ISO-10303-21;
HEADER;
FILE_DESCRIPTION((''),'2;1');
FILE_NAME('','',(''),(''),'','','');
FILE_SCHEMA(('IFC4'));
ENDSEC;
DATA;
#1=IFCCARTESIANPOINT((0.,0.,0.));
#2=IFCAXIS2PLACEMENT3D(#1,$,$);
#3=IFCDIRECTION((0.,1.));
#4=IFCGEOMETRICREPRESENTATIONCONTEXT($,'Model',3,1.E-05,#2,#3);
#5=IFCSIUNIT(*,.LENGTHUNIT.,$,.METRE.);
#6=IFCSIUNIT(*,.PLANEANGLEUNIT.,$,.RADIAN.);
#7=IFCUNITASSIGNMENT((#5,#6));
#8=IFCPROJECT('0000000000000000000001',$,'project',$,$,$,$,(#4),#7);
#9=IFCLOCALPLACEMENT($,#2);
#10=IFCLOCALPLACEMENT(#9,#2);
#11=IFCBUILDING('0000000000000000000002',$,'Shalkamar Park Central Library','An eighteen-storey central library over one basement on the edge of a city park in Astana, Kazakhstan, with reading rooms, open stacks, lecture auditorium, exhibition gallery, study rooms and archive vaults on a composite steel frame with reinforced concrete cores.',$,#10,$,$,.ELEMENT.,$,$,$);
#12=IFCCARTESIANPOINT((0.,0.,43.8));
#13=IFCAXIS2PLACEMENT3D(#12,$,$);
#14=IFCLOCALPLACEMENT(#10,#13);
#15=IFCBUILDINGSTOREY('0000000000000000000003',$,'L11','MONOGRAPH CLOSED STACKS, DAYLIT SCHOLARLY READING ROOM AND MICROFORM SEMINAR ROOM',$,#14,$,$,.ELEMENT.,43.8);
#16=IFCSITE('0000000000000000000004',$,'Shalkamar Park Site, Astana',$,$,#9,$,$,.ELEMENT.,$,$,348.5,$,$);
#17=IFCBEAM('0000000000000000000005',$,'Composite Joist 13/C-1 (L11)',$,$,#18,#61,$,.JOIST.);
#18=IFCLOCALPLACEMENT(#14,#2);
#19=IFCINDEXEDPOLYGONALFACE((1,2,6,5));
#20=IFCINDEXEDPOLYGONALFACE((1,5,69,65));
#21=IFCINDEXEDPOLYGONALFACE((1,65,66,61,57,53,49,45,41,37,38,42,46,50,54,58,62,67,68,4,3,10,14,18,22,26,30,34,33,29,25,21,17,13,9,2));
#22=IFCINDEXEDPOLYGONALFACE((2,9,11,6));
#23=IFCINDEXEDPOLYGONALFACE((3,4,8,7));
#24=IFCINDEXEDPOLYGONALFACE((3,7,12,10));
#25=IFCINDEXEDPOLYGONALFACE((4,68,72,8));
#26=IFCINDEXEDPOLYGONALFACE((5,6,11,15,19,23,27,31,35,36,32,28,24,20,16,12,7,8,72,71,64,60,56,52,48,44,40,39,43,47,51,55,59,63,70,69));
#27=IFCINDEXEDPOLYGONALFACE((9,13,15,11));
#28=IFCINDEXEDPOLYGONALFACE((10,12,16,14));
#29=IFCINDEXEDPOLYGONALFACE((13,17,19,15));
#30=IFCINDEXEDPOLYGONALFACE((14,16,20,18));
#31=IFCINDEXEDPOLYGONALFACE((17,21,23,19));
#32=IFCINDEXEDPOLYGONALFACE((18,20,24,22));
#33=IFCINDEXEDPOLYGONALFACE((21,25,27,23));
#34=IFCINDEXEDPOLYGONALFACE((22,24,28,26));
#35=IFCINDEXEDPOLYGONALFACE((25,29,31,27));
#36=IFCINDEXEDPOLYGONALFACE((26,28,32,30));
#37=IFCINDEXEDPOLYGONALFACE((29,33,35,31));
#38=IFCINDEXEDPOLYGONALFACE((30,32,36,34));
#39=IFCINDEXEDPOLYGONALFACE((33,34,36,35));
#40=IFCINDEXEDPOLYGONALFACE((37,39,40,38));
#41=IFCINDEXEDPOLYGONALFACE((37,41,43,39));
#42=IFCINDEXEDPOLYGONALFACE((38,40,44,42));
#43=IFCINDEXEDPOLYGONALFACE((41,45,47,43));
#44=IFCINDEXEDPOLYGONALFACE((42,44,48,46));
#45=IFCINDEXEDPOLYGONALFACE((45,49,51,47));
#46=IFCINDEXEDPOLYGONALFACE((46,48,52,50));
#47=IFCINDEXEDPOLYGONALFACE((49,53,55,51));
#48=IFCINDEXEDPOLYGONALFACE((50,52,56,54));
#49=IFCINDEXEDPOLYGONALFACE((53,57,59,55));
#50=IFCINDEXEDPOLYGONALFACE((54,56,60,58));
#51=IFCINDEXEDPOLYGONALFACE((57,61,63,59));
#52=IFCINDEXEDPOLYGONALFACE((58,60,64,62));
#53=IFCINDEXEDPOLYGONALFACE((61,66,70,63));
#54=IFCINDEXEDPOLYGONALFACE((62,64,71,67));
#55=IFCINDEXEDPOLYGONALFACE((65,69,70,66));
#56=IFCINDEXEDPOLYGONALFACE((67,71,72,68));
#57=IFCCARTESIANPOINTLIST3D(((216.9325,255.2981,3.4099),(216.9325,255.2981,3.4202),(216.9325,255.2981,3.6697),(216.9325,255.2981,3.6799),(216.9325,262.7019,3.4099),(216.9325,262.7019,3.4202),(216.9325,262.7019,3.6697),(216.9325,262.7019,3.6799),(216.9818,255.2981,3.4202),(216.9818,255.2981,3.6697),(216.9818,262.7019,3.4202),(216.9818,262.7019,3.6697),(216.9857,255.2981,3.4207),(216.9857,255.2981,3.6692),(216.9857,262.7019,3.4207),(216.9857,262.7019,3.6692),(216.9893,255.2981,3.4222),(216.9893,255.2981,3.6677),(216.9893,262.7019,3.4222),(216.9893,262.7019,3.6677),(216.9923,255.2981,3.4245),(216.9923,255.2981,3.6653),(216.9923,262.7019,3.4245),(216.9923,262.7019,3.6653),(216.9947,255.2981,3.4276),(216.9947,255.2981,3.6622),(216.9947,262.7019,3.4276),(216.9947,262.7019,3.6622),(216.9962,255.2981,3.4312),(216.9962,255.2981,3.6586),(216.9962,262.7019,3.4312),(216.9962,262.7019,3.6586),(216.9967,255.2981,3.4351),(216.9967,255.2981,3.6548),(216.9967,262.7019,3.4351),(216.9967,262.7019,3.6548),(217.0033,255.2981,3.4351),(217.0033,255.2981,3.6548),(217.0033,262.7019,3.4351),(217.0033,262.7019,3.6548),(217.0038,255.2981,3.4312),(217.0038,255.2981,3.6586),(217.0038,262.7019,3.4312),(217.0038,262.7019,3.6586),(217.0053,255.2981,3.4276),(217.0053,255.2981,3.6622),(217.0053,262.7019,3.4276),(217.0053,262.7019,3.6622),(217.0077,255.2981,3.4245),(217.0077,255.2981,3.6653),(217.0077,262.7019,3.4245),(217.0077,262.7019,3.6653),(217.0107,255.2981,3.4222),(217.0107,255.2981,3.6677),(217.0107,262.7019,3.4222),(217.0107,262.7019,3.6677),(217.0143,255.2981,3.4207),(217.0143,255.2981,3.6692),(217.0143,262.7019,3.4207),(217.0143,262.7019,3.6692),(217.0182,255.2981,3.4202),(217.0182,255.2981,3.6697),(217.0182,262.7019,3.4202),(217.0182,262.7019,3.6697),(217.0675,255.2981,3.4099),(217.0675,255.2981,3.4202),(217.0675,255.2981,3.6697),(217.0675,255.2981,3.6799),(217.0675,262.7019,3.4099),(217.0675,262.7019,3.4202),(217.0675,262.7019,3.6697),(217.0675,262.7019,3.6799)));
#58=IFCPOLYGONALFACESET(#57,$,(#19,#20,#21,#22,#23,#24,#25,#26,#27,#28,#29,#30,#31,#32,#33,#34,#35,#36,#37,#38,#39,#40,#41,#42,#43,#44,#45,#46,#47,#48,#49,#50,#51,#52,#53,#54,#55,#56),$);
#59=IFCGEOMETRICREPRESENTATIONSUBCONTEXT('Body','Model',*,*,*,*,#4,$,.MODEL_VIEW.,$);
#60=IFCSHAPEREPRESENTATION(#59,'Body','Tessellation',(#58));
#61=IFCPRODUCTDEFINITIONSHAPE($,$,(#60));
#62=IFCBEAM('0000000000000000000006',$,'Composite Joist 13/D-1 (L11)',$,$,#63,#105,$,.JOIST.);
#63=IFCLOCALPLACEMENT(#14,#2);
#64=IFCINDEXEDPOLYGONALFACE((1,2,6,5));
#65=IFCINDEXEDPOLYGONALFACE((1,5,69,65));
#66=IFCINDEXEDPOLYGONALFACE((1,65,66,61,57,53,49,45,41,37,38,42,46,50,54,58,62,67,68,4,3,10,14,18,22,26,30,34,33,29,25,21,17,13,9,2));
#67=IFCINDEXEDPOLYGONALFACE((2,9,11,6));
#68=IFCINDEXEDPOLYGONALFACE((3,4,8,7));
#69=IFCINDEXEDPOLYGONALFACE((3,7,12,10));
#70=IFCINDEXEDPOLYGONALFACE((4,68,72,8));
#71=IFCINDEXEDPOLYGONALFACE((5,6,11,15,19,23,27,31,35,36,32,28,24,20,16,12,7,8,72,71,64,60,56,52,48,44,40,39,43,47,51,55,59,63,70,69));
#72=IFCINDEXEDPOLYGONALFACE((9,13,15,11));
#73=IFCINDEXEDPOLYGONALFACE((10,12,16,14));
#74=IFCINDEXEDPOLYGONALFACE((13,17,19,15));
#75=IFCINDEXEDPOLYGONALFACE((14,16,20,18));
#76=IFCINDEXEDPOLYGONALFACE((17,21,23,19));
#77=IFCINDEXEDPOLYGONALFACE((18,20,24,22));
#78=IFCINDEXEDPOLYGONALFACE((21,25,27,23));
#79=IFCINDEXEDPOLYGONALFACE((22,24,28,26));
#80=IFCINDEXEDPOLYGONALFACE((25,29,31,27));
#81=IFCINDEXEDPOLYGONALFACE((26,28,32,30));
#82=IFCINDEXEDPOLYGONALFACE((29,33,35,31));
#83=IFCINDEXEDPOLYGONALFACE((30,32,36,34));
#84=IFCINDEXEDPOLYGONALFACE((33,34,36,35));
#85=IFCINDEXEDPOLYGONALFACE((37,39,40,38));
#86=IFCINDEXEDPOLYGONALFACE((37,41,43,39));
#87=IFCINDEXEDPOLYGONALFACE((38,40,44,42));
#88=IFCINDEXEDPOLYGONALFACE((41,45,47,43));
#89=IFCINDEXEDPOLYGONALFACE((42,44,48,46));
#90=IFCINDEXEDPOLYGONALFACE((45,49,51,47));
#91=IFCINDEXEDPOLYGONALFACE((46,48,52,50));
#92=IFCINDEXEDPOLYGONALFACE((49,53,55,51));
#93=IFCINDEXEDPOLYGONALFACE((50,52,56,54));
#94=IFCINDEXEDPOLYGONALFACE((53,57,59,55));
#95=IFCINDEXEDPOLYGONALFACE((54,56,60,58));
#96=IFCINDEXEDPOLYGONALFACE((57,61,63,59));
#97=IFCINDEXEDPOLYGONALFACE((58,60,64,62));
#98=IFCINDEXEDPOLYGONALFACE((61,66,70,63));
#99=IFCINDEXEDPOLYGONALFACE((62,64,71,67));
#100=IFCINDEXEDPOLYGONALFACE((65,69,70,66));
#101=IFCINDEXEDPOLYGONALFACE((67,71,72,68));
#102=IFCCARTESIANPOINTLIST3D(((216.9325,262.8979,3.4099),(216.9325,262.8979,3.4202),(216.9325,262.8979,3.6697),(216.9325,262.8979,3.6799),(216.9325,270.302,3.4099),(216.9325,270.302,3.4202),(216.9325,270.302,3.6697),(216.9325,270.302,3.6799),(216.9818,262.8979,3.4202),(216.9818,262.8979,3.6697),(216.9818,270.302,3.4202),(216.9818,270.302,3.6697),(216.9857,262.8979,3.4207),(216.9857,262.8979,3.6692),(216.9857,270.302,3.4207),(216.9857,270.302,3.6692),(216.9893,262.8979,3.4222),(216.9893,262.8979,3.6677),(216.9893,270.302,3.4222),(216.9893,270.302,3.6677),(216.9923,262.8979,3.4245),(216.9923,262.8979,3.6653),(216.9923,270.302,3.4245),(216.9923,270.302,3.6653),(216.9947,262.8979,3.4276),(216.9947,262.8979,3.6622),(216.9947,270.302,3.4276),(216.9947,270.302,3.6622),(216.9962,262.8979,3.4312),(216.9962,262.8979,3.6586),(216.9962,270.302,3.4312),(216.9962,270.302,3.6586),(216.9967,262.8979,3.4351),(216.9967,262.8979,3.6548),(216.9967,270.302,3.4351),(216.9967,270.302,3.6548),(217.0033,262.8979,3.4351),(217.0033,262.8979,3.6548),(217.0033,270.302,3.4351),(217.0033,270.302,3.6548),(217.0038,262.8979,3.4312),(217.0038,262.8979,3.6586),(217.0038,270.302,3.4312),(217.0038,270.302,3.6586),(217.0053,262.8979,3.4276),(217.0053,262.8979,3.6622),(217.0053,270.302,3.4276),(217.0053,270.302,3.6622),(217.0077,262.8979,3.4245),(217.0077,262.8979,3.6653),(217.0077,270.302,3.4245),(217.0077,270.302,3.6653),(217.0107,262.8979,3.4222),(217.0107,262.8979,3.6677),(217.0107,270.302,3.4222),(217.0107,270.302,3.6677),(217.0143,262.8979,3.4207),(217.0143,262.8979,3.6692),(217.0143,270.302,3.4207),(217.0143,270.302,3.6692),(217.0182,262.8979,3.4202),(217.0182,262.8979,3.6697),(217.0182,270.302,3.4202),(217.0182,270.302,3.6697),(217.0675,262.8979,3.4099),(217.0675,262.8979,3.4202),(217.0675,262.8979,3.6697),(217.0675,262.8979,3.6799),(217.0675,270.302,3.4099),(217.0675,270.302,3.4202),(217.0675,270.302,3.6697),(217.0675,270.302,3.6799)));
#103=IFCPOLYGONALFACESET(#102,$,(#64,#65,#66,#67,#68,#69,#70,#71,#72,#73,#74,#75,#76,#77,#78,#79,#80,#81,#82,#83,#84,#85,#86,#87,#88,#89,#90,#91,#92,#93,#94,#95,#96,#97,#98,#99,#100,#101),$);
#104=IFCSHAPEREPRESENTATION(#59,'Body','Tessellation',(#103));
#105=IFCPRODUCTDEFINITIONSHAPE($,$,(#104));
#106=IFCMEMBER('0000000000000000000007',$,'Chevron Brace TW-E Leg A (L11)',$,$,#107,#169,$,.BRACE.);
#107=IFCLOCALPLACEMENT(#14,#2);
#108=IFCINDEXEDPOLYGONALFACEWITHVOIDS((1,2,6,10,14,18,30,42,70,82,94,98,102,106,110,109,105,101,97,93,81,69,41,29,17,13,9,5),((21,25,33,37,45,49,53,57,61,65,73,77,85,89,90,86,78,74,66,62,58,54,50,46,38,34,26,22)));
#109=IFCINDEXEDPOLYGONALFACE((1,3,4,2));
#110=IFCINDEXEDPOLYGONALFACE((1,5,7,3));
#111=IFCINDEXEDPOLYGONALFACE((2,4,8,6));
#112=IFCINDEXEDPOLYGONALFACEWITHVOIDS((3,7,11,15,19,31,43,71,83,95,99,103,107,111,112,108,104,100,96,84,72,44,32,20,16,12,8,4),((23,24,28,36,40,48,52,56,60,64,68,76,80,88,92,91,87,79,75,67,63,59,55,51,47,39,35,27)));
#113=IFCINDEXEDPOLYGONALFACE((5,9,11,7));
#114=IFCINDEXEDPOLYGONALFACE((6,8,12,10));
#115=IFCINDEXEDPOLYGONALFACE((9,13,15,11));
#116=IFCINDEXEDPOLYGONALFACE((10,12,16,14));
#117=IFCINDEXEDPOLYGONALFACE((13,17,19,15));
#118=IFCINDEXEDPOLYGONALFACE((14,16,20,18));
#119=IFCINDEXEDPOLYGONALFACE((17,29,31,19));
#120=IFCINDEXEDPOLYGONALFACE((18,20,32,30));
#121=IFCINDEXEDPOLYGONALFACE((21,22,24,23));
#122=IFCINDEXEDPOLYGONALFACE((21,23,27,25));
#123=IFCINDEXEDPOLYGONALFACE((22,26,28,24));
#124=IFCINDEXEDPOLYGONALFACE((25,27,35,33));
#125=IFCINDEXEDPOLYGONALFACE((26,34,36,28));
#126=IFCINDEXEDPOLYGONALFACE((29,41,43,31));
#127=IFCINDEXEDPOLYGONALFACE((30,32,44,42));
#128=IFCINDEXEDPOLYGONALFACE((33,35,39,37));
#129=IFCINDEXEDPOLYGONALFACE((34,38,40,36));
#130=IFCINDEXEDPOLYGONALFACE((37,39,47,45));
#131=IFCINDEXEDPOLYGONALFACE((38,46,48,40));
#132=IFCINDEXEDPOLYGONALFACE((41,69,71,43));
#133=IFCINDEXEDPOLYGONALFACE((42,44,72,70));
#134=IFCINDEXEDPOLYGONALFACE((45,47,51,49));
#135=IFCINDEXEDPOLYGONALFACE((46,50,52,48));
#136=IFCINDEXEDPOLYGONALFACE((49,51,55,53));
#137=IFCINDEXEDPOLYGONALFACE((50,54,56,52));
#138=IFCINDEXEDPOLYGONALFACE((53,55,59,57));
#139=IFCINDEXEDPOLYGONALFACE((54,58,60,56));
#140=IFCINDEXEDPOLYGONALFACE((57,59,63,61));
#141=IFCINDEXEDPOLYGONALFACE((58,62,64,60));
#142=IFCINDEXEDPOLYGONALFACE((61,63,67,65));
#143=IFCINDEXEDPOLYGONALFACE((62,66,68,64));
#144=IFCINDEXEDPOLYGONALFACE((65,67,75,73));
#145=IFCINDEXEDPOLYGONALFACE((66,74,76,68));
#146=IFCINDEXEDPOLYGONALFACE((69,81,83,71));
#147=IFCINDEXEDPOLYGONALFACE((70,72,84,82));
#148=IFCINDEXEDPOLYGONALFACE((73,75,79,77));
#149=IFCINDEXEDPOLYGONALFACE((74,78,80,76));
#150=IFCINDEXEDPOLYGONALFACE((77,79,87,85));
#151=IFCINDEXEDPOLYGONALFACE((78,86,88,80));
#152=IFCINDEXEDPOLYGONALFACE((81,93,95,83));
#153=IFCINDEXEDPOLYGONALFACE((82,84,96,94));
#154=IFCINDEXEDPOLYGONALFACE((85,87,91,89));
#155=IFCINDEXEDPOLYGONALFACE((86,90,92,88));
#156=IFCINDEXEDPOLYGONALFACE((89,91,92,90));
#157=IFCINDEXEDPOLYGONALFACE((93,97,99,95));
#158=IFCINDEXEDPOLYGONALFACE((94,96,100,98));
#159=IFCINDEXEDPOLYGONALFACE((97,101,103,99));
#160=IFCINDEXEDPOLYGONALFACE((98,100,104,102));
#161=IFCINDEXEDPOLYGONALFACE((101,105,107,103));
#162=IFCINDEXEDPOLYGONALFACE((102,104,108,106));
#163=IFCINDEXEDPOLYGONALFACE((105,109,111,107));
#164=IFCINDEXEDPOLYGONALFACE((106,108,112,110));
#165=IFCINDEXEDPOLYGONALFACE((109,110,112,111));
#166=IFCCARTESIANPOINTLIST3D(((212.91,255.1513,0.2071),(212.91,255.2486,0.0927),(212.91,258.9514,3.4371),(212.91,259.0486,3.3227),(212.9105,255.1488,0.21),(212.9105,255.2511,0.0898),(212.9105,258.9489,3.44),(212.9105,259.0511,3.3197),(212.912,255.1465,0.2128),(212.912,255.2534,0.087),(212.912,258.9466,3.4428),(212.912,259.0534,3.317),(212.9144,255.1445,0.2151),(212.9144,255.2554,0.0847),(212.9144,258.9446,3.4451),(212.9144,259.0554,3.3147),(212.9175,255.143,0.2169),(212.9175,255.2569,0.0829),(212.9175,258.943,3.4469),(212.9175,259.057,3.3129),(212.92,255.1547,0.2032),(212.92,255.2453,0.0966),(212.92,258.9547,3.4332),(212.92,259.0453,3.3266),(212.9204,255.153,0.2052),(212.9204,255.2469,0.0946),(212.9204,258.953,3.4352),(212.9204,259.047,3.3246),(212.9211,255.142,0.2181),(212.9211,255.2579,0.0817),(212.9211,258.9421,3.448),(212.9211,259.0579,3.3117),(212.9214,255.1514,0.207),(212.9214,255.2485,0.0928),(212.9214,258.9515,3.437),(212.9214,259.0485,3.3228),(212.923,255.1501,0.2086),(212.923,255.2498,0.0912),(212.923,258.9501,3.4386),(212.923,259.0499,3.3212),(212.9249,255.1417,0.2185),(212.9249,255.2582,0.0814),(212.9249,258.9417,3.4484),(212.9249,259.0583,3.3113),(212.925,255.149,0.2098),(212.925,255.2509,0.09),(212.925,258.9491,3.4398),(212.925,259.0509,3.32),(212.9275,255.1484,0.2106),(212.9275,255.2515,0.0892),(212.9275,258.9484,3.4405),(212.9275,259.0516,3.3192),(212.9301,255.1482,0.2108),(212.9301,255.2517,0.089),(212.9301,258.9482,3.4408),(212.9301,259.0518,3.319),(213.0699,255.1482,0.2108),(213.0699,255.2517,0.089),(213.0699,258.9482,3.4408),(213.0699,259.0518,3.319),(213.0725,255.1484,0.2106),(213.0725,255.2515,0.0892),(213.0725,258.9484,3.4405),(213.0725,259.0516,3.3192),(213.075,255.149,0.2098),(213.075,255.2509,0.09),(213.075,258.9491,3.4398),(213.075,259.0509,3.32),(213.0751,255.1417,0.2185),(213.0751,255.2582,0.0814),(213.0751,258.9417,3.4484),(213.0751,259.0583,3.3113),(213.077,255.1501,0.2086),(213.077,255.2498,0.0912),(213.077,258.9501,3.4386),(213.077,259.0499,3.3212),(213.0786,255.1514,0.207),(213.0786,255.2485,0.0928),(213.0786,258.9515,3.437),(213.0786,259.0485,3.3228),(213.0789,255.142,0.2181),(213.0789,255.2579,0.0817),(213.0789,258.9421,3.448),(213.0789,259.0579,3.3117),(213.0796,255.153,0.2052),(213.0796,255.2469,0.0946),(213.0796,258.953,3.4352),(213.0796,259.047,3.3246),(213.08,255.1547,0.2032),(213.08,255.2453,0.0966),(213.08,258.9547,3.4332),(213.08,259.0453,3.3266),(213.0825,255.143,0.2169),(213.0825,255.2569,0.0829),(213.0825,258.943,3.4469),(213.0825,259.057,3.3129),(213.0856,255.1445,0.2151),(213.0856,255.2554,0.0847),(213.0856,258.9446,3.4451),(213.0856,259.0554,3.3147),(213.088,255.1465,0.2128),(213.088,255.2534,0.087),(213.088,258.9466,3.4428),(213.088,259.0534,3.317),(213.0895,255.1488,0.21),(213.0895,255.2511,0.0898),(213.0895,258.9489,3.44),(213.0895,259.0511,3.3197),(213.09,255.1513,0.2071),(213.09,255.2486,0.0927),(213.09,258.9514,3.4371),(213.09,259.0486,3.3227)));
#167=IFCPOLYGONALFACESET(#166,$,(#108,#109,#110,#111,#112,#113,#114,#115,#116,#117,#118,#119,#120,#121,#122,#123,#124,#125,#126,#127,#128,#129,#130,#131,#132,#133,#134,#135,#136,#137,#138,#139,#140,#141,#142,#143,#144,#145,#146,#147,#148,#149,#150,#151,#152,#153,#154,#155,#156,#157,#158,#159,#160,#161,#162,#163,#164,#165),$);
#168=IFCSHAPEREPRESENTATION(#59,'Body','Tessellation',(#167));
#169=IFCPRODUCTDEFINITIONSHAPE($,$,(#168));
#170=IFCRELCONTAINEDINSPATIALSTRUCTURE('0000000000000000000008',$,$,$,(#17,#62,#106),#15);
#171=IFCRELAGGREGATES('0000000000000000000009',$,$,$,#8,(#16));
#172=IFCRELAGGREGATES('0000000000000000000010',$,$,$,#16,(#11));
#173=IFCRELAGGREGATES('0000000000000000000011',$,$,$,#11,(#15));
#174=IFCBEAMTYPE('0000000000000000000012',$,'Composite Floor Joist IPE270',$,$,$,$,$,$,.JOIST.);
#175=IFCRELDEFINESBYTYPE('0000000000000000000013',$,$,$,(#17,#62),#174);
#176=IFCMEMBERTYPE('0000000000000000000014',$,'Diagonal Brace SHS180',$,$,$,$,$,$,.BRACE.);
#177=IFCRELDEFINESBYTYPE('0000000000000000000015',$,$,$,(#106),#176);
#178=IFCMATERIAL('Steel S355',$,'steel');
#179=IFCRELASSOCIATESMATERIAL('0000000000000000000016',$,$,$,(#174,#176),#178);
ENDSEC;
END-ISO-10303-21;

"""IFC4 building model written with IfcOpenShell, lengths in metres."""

from ifc_helpers import new_model, si_unit, direction, frame, origin, origin_2d, place, context, subcontext, project, spatial, hollow_rectangle, i_section, extrude, material, material_profile, profile_set, type_object, element, save


model = new_model("IFC4")

# Units and contexts
model_context = context("Model", 3, precision=1e-05, world=origin(), true_north=direction((0.0, 1.0)))
body_context = subcontext(model_context, "Body", "Model", "MODEL_VIEW")
ifc_project = project(units=[si_unit("LENGTHUNIT", "METRE"), si_unit("PLANEANGLEUNIT", "RADIAN")], contexts=[model_context])

# Site, building, storey
site_placement = place(None, origin())
site = spatial("IfcSite", under=ifc_project, at=site_placement, Name="Shalkamar Park Site, Astana", CompositionType="ELEMENT", RefElevation=348.5)
building_placement = place(site_placement, origin())
building = spatial("IfcBuilding", under=site, at=building_placement, Name="Shalkamar Park Central Library", Description="An eighteen-storey central library over one basement on the edge of a city park in Astana, Kazakhstan, with reading rooms, open stacks, lecture auditorium, exhibition gallery, study rooms and archive vaults on a composite steel frame with reinforced concrete cores.", CompositionType="ELEMENT")
storey_placement = place(building_placement, frame((0.0, 0.0, 43.8)))
storey = spatial("IfcBuildingStorey", under=building, at=storey_placement, Name="L11", Description="MONOGRAPH CLOSED STACKS, DAYLIT SCHOLARLY READING ROOM AND MICROFORM SEMINAR ROOM", CompositionType="ELEMENT", Elevation=43.8)

# Shared definitions
ifc_material_1 = material(Name="Steel S355", Category="steel")

# Beams
ifc_material_profile_1 = material_profile(ifc_material_1, i_section(OverallWidth=0.135, OverallDepth=0.27, WebThickness=0.0066, FlangeThickness=0.0103, FilletRadius=0.0149, at=origin_2d()), Name="IPE 270")
ifc_profile_set_1 = profile_set([ifc_material_profile_1], Name="Steel S355")
beam_type_1 = type_object("IfcBeamType", Name="Composite Floor Joist IPE270", PredefinedType="JOIST", material=ifc_profile_set_1)
beam_1_placement = place(storey_placement, frame((217.0, 255.2981, 3.5449), z_axis=(0.0, 1.0, 0.0), x_axis=(-1.0, 0.0, 0.0)))
element("IfcBeam", 1, at=beam_1_placement, inside=storey, type_object=beam_type_1, Name="Composite Joist 13/C-1 (L11)", PredefinedType="JOIST", context=body_context, shape_type="SweptSolid", body=[
    extrude(i_section(OverallWidth=0.135, OverallDepth=0.27, WebThickness=0.0066, FlangeThickness=0.0103, FilletRadius=0.0149, at=origin_2d()), origin(), (0.0, 0.0, 1.0), 7.4038),
])
beam_2_placement = place(storey_placement, frame((217.0, 262.8979, 3.5449), z_axis=(0.0, 1.0, 0.0), x_axis=(-1.0, 0.0, 0.0)))
element("IfcBeam", 2, at=beam_2_placement, inside=storey, type_object=beam_type_1, Name="Composite Joist 13/D-1 (L11)", PredefinedType="JOIST", context=body_context, shape_type="SweptSolid", body=[
    extrude(i_section(OverallWidth=0.135, OverallDepth=0.27, WebThickness=0.0066, FlangeThickness=0.0103, FilletRadius=0.0149, at=origin_2d()), origin(), (0.0, 0.0, 1.0), 7.4041),
])

# Member
ifc_material_profile_2 = material_profile(ifc_material_1, hollow_rectangle(XDim=0.1799, YDim=0.1799, WallThickness=0.01, InnerFilletRadius=0.01, OuterFilletRadius=0.0149, at=origin_2d()), Name="SHS 180x180x10")
ifc_profile_set_2 = profile_set([ifc_material_profile_2], Name="Steel S355")
member_type = type_object("IfcMemberType", Name="Diagonal Brace SHS180", PredefinedType="BRACE", material=ifc_profile_set_2)
for number, where, z_axis, x_axis, name in (
    (3, (213.0, 255.2, 0.1499), (0.0, 0.761945, 0.647641), (-1.0, 0.0, 0.0), "Chevron Brace TW-E Leg A (L11)"),
):
    element("IfcMember", number, at=place(storey_placement, frame(where, z_axis=z_axis, x_axis=x_axis)), inside=storey, type_object=member_type, Name=name, PredefinedType="BRACE", context=body_context, shape_type="SweptSolid", body=[
        extrude(hollow_rectangle(XDim=0.1799, YDim=0.1799, WallThickness=0.01, InnerFilletRadius=0.01, OuterFilletRadius=0.0149, at=origin_2d()), origin(), (0.0, 0.0, 1.0), 4.9873),
    ])

save(model, "model.ifc")
